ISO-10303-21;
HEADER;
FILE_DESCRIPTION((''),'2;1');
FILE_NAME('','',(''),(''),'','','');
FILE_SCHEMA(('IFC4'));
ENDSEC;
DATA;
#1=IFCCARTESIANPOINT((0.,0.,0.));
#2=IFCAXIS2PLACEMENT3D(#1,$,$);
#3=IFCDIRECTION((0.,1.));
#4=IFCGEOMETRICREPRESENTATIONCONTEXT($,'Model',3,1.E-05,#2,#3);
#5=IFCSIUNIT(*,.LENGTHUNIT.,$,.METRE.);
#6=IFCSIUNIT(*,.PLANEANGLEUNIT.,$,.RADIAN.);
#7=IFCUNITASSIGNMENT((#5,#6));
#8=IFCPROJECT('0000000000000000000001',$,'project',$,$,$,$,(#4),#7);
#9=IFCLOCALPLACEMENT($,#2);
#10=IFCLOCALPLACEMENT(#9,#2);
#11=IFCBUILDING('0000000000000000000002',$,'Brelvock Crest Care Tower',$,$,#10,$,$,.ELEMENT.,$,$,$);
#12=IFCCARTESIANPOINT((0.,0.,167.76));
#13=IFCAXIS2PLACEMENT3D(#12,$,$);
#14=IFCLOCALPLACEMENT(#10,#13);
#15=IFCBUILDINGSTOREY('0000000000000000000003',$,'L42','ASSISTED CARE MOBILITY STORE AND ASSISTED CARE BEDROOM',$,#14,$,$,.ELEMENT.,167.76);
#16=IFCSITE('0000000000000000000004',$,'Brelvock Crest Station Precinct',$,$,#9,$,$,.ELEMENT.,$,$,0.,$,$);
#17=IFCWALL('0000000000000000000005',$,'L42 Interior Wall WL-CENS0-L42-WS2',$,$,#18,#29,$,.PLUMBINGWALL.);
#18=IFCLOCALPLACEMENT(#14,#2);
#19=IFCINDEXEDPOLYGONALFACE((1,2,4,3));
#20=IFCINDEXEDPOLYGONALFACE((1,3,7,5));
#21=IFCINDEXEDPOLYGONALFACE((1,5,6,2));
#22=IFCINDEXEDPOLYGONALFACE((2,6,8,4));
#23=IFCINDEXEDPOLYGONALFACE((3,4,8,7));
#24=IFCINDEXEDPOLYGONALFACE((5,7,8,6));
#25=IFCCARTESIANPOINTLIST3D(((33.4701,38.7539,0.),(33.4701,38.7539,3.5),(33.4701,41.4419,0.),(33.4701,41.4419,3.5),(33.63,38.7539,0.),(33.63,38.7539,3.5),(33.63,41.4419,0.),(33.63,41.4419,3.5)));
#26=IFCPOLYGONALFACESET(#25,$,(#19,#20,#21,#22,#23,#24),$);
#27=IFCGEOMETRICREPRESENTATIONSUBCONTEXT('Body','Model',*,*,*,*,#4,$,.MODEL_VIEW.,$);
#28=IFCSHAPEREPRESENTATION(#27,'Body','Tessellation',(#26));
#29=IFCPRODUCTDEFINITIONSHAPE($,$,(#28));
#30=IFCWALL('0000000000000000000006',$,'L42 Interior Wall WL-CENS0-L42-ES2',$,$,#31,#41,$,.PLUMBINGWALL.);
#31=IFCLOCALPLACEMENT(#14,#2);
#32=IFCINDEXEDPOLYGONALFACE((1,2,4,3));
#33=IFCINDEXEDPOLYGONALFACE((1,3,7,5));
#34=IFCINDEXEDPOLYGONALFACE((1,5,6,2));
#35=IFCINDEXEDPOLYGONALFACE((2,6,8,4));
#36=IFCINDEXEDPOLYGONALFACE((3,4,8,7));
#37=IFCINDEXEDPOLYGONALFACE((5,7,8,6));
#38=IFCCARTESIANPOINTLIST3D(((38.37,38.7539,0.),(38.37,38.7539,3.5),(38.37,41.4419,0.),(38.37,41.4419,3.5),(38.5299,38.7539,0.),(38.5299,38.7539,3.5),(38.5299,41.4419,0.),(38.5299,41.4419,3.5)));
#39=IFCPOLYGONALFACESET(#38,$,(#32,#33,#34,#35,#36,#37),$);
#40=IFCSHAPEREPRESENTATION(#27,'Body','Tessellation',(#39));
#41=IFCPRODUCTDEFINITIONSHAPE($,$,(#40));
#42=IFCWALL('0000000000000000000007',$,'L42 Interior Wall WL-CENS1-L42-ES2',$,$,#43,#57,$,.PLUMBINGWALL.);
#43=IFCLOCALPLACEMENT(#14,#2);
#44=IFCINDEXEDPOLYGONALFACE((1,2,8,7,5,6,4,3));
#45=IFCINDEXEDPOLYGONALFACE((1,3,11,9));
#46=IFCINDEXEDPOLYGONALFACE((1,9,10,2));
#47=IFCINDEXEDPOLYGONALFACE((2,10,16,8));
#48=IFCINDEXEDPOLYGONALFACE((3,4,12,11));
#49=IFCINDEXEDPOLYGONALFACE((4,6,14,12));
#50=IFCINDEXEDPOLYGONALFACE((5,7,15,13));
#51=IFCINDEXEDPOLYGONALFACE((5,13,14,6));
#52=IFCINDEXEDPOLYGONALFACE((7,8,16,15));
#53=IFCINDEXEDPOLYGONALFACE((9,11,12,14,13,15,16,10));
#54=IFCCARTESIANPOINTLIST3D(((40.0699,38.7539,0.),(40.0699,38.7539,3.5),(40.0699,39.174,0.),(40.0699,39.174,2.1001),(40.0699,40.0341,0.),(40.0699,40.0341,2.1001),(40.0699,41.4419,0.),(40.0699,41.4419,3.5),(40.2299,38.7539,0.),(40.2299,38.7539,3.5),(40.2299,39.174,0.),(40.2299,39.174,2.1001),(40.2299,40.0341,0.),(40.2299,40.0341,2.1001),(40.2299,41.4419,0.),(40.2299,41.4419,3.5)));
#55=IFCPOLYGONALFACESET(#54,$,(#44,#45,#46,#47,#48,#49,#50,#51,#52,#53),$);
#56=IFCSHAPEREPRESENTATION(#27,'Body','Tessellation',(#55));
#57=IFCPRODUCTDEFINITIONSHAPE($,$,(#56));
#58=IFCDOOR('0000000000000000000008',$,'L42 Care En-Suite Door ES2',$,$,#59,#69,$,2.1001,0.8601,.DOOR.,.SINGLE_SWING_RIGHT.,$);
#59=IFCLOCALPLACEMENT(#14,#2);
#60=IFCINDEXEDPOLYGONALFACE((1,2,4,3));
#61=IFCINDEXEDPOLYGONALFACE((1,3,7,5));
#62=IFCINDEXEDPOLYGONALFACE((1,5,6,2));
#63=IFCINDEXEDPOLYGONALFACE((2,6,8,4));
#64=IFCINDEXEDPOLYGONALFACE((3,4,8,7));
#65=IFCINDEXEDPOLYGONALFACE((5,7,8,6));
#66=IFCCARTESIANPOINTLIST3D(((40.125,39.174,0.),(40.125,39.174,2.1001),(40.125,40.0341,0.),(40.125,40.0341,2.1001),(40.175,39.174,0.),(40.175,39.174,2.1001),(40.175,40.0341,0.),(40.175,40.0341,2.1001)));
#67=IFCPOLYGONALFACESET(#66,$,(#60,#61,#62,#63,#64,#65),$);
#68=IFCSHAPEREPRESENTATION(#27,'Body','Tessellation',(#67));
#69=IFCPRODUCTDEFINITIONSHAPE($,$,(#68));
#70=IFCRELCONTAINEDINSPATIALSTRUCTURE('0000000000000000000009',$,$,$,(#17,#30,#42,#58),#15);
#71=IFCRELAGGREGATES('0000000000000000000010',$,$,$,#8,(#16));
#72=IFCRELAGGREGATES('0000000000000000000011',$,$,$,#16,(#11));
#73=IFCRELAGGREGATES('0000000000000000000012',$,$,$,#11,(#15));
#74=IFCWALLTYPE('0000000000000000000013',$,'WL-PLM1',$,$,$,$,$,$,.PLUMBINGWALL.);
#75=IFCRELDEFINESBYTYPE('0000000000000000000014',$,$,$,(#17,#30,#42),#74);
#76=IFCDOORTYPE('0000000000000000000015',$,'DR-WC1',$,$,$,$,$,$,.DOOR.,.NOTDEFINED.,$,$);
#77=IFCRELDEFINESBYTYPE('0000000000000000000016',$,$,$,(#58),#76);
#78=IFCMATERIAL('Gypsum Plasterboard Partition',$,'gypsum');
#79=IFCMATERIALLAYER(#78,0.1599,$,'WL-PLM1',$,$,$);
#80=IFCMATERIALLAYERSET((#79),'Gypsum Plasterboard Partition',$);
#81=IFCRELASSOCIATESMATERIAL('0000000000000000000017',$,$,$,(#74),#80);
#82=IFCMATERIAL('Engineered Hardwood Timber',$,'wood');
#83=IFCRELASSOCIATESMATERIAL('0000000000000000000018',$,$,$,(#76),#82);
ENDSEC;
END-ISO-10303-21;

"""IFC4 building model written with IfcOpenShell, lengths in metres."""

from ifc_helpers import new_model, si_unit, direction, frame, frame_2d, origin, origin_2d, place, context, subcontext, project, spatial, rectangle, extrude, source, transform, mapped, material, layer, layer_set, type_object, element, fill, save


model = new_model("IFC4")

# Units and contexts
model_context = context("Model", 3, precision=1e-05, world=origin(), true_north=direction((0.0, 1.0)))
body_context = subcontext(model_context, "Body", "Model", "MODEL_VIEW")
ifc_project = project(units=[si_unit("LENGTHUNIT", "METRE"), si_unit("PLANEANGLEUNIT", "RADIAN")], contexts=[model_context])

# Site, building, storey
site_placement = place(None, origin())
site = spatial("IfcSite", under=ifc_project, at=site_placement, Name="Brelvock Crest Station Precinct", CompositionType="ELEMENT", RefElevation=0.0)
building_placement = place(site_placement, origin())
building = spatial("IfcBuilding", under=site, at=building_placement, Name="Brelvock Crest Care Tower", CompositionType="ELEMENT")
storey_placement = place(building_placement, frame((0.0, 0.0, 167.76)))
storey = spatial("IfcBuildingStorey", under=building, at=storey_placement, Name="L42", Description="ASSISTED CARE MOBILITY STORE AND ASSISTED CARE BEDROOM", CompositionType="ELEMENT", Elevation=167.76)

# Shared definitions
ifc_material_1 = material(Name="Engineered Hardwood Timber", Category="wood")
ifc_material_2 = material(Name="Gypsum Plasterboard Partition", Category="gypsum")
ifc_layer_1 = layer(ifc_material_2, 0.1599, Name="WL-PLM1")
ifc_layer_set_1 = layer_set([ifc_layer_1], Name="Gypsum Plasterboard Partition")
wall_type_1 = type_object("IfcWallType", Name="WL-PLM1", PredefinedType="PLUMBINGWALL", material=ifc_layer_set_1)
door_type_1 = type_object("IfcDoorType", Name="DR-WC1", OperationType="NOTDEFINED", PredefinedType="DOOR", material=ifc_material_1)
shared_shape_1 = source(origin(), body_context, "Body", "SweptSolid", [
    extrude(rectangle(XDim=0.8601, YDim=2.1001, at=origin_2d()), frame((0.4302, 0.0249, 1.05), z_axis=(0.0, -1.0, 0.0), x_axis=(1.0, 0.0, 0.0)), (0.0, 0.0, 1.0), 0.05),
])

# Walls
for number, where, z_axis, x_axis, name in (
    (1, (33.55, 38.7539, 0.0), (0.0, 0.0, 1.0), (0.0, 1.0, 0.0), "L42 Interior Wall WL-CENS0-L42-WS2"),
    (2, (38.45, 38.7539, 0.0), (0.0, 0.0, 1.0), (0.0, 1.0, 0.0), "L42 Interior Wall WL-CENS0-L42-ES2"),
):
    element("IfcWall", number, at=place(storey_placement, frame(where, z_axis=z_axis, x_axis=x_axis)), inside=storey, type_object=wall_type_1, Name=name, PredefinedType="PLUMBINGWALL", context=body_context, shape_type="SweptSolid", body=[
        extrude(rectangle(XDim=2.688, YDim=0.1599, at=frame_2d((1.344, 0.0))), origin(), (0.0, 0.0, 1.0), 3.5),
    ])

# Wall, opening, door
wall_1_placement = place(storey_placement, frame((40.1499, 38.7539, 0.0), z_axis=(0.0, 0.0, 1.0), x_axis=(0.0, 1.0, 0.0)))
wall_1 = element("IfcWall", 3, at=wall_1_placement, inside=storey, type_object=wall_type_1, Name="L42 Interior Wall WL-CENS1-L42-ES2", PredefinedType="PLUMBINGWALL", context=body_context, shape_type="SweptSolid", body=[
    extrude(rectangle(XDim=2.688, YDim=0.1599, at=frame_2d((1.344, 0.0))), origin(), (0.0, 0.0, 1.0), 3.5),
])
opening_1_placement = place(wall_1_placement, frame((0.4199, 0.0, 0.0)))
opening_1 = element("IfcOpeningElement", 4, at=opening_1_placement, cuts=wall_1, PredefinedType="OPENING", context=body_context, shape_type="SweptSolid", body=[
    extrude(rectangle(XDim=0.8601, YDim=2.1001, at=origin_2d()), frame((0.4302, 0.0898, 1.05), z_axis=(0.0, -1.0, 0.0), x_axis=(1.0, 0.0, 0.0)), (0.0, 0.0, 1.0), 0.1799),
])
door_1_placement = place(opening_1_placement, origin())
door_1 = element("IfcDoor", 5, at=door_1_placement, inside=storey, type_object=door_type_1, Name="L42 Care En-Suite Door ES2", OperationType="SINGLE_SWING_RIGHT", OverallHeight=2.1001, OverallWidth=0.8601, PredefinedType="DOOR", context=body_context, shape_type="MappedRepresentation", body=[
    mapped(shared_shape_1, transform((0.0, 0.0, 0.0), x_axis=(1.0, 0.0, 0.0), y_axis=(0.0, 1.0, 0.0), z_axis=(0.0, 0.0, 1.0), scale=1.0)),
])
fill(opening_1, door_1)

save(model, "model.ifc")
